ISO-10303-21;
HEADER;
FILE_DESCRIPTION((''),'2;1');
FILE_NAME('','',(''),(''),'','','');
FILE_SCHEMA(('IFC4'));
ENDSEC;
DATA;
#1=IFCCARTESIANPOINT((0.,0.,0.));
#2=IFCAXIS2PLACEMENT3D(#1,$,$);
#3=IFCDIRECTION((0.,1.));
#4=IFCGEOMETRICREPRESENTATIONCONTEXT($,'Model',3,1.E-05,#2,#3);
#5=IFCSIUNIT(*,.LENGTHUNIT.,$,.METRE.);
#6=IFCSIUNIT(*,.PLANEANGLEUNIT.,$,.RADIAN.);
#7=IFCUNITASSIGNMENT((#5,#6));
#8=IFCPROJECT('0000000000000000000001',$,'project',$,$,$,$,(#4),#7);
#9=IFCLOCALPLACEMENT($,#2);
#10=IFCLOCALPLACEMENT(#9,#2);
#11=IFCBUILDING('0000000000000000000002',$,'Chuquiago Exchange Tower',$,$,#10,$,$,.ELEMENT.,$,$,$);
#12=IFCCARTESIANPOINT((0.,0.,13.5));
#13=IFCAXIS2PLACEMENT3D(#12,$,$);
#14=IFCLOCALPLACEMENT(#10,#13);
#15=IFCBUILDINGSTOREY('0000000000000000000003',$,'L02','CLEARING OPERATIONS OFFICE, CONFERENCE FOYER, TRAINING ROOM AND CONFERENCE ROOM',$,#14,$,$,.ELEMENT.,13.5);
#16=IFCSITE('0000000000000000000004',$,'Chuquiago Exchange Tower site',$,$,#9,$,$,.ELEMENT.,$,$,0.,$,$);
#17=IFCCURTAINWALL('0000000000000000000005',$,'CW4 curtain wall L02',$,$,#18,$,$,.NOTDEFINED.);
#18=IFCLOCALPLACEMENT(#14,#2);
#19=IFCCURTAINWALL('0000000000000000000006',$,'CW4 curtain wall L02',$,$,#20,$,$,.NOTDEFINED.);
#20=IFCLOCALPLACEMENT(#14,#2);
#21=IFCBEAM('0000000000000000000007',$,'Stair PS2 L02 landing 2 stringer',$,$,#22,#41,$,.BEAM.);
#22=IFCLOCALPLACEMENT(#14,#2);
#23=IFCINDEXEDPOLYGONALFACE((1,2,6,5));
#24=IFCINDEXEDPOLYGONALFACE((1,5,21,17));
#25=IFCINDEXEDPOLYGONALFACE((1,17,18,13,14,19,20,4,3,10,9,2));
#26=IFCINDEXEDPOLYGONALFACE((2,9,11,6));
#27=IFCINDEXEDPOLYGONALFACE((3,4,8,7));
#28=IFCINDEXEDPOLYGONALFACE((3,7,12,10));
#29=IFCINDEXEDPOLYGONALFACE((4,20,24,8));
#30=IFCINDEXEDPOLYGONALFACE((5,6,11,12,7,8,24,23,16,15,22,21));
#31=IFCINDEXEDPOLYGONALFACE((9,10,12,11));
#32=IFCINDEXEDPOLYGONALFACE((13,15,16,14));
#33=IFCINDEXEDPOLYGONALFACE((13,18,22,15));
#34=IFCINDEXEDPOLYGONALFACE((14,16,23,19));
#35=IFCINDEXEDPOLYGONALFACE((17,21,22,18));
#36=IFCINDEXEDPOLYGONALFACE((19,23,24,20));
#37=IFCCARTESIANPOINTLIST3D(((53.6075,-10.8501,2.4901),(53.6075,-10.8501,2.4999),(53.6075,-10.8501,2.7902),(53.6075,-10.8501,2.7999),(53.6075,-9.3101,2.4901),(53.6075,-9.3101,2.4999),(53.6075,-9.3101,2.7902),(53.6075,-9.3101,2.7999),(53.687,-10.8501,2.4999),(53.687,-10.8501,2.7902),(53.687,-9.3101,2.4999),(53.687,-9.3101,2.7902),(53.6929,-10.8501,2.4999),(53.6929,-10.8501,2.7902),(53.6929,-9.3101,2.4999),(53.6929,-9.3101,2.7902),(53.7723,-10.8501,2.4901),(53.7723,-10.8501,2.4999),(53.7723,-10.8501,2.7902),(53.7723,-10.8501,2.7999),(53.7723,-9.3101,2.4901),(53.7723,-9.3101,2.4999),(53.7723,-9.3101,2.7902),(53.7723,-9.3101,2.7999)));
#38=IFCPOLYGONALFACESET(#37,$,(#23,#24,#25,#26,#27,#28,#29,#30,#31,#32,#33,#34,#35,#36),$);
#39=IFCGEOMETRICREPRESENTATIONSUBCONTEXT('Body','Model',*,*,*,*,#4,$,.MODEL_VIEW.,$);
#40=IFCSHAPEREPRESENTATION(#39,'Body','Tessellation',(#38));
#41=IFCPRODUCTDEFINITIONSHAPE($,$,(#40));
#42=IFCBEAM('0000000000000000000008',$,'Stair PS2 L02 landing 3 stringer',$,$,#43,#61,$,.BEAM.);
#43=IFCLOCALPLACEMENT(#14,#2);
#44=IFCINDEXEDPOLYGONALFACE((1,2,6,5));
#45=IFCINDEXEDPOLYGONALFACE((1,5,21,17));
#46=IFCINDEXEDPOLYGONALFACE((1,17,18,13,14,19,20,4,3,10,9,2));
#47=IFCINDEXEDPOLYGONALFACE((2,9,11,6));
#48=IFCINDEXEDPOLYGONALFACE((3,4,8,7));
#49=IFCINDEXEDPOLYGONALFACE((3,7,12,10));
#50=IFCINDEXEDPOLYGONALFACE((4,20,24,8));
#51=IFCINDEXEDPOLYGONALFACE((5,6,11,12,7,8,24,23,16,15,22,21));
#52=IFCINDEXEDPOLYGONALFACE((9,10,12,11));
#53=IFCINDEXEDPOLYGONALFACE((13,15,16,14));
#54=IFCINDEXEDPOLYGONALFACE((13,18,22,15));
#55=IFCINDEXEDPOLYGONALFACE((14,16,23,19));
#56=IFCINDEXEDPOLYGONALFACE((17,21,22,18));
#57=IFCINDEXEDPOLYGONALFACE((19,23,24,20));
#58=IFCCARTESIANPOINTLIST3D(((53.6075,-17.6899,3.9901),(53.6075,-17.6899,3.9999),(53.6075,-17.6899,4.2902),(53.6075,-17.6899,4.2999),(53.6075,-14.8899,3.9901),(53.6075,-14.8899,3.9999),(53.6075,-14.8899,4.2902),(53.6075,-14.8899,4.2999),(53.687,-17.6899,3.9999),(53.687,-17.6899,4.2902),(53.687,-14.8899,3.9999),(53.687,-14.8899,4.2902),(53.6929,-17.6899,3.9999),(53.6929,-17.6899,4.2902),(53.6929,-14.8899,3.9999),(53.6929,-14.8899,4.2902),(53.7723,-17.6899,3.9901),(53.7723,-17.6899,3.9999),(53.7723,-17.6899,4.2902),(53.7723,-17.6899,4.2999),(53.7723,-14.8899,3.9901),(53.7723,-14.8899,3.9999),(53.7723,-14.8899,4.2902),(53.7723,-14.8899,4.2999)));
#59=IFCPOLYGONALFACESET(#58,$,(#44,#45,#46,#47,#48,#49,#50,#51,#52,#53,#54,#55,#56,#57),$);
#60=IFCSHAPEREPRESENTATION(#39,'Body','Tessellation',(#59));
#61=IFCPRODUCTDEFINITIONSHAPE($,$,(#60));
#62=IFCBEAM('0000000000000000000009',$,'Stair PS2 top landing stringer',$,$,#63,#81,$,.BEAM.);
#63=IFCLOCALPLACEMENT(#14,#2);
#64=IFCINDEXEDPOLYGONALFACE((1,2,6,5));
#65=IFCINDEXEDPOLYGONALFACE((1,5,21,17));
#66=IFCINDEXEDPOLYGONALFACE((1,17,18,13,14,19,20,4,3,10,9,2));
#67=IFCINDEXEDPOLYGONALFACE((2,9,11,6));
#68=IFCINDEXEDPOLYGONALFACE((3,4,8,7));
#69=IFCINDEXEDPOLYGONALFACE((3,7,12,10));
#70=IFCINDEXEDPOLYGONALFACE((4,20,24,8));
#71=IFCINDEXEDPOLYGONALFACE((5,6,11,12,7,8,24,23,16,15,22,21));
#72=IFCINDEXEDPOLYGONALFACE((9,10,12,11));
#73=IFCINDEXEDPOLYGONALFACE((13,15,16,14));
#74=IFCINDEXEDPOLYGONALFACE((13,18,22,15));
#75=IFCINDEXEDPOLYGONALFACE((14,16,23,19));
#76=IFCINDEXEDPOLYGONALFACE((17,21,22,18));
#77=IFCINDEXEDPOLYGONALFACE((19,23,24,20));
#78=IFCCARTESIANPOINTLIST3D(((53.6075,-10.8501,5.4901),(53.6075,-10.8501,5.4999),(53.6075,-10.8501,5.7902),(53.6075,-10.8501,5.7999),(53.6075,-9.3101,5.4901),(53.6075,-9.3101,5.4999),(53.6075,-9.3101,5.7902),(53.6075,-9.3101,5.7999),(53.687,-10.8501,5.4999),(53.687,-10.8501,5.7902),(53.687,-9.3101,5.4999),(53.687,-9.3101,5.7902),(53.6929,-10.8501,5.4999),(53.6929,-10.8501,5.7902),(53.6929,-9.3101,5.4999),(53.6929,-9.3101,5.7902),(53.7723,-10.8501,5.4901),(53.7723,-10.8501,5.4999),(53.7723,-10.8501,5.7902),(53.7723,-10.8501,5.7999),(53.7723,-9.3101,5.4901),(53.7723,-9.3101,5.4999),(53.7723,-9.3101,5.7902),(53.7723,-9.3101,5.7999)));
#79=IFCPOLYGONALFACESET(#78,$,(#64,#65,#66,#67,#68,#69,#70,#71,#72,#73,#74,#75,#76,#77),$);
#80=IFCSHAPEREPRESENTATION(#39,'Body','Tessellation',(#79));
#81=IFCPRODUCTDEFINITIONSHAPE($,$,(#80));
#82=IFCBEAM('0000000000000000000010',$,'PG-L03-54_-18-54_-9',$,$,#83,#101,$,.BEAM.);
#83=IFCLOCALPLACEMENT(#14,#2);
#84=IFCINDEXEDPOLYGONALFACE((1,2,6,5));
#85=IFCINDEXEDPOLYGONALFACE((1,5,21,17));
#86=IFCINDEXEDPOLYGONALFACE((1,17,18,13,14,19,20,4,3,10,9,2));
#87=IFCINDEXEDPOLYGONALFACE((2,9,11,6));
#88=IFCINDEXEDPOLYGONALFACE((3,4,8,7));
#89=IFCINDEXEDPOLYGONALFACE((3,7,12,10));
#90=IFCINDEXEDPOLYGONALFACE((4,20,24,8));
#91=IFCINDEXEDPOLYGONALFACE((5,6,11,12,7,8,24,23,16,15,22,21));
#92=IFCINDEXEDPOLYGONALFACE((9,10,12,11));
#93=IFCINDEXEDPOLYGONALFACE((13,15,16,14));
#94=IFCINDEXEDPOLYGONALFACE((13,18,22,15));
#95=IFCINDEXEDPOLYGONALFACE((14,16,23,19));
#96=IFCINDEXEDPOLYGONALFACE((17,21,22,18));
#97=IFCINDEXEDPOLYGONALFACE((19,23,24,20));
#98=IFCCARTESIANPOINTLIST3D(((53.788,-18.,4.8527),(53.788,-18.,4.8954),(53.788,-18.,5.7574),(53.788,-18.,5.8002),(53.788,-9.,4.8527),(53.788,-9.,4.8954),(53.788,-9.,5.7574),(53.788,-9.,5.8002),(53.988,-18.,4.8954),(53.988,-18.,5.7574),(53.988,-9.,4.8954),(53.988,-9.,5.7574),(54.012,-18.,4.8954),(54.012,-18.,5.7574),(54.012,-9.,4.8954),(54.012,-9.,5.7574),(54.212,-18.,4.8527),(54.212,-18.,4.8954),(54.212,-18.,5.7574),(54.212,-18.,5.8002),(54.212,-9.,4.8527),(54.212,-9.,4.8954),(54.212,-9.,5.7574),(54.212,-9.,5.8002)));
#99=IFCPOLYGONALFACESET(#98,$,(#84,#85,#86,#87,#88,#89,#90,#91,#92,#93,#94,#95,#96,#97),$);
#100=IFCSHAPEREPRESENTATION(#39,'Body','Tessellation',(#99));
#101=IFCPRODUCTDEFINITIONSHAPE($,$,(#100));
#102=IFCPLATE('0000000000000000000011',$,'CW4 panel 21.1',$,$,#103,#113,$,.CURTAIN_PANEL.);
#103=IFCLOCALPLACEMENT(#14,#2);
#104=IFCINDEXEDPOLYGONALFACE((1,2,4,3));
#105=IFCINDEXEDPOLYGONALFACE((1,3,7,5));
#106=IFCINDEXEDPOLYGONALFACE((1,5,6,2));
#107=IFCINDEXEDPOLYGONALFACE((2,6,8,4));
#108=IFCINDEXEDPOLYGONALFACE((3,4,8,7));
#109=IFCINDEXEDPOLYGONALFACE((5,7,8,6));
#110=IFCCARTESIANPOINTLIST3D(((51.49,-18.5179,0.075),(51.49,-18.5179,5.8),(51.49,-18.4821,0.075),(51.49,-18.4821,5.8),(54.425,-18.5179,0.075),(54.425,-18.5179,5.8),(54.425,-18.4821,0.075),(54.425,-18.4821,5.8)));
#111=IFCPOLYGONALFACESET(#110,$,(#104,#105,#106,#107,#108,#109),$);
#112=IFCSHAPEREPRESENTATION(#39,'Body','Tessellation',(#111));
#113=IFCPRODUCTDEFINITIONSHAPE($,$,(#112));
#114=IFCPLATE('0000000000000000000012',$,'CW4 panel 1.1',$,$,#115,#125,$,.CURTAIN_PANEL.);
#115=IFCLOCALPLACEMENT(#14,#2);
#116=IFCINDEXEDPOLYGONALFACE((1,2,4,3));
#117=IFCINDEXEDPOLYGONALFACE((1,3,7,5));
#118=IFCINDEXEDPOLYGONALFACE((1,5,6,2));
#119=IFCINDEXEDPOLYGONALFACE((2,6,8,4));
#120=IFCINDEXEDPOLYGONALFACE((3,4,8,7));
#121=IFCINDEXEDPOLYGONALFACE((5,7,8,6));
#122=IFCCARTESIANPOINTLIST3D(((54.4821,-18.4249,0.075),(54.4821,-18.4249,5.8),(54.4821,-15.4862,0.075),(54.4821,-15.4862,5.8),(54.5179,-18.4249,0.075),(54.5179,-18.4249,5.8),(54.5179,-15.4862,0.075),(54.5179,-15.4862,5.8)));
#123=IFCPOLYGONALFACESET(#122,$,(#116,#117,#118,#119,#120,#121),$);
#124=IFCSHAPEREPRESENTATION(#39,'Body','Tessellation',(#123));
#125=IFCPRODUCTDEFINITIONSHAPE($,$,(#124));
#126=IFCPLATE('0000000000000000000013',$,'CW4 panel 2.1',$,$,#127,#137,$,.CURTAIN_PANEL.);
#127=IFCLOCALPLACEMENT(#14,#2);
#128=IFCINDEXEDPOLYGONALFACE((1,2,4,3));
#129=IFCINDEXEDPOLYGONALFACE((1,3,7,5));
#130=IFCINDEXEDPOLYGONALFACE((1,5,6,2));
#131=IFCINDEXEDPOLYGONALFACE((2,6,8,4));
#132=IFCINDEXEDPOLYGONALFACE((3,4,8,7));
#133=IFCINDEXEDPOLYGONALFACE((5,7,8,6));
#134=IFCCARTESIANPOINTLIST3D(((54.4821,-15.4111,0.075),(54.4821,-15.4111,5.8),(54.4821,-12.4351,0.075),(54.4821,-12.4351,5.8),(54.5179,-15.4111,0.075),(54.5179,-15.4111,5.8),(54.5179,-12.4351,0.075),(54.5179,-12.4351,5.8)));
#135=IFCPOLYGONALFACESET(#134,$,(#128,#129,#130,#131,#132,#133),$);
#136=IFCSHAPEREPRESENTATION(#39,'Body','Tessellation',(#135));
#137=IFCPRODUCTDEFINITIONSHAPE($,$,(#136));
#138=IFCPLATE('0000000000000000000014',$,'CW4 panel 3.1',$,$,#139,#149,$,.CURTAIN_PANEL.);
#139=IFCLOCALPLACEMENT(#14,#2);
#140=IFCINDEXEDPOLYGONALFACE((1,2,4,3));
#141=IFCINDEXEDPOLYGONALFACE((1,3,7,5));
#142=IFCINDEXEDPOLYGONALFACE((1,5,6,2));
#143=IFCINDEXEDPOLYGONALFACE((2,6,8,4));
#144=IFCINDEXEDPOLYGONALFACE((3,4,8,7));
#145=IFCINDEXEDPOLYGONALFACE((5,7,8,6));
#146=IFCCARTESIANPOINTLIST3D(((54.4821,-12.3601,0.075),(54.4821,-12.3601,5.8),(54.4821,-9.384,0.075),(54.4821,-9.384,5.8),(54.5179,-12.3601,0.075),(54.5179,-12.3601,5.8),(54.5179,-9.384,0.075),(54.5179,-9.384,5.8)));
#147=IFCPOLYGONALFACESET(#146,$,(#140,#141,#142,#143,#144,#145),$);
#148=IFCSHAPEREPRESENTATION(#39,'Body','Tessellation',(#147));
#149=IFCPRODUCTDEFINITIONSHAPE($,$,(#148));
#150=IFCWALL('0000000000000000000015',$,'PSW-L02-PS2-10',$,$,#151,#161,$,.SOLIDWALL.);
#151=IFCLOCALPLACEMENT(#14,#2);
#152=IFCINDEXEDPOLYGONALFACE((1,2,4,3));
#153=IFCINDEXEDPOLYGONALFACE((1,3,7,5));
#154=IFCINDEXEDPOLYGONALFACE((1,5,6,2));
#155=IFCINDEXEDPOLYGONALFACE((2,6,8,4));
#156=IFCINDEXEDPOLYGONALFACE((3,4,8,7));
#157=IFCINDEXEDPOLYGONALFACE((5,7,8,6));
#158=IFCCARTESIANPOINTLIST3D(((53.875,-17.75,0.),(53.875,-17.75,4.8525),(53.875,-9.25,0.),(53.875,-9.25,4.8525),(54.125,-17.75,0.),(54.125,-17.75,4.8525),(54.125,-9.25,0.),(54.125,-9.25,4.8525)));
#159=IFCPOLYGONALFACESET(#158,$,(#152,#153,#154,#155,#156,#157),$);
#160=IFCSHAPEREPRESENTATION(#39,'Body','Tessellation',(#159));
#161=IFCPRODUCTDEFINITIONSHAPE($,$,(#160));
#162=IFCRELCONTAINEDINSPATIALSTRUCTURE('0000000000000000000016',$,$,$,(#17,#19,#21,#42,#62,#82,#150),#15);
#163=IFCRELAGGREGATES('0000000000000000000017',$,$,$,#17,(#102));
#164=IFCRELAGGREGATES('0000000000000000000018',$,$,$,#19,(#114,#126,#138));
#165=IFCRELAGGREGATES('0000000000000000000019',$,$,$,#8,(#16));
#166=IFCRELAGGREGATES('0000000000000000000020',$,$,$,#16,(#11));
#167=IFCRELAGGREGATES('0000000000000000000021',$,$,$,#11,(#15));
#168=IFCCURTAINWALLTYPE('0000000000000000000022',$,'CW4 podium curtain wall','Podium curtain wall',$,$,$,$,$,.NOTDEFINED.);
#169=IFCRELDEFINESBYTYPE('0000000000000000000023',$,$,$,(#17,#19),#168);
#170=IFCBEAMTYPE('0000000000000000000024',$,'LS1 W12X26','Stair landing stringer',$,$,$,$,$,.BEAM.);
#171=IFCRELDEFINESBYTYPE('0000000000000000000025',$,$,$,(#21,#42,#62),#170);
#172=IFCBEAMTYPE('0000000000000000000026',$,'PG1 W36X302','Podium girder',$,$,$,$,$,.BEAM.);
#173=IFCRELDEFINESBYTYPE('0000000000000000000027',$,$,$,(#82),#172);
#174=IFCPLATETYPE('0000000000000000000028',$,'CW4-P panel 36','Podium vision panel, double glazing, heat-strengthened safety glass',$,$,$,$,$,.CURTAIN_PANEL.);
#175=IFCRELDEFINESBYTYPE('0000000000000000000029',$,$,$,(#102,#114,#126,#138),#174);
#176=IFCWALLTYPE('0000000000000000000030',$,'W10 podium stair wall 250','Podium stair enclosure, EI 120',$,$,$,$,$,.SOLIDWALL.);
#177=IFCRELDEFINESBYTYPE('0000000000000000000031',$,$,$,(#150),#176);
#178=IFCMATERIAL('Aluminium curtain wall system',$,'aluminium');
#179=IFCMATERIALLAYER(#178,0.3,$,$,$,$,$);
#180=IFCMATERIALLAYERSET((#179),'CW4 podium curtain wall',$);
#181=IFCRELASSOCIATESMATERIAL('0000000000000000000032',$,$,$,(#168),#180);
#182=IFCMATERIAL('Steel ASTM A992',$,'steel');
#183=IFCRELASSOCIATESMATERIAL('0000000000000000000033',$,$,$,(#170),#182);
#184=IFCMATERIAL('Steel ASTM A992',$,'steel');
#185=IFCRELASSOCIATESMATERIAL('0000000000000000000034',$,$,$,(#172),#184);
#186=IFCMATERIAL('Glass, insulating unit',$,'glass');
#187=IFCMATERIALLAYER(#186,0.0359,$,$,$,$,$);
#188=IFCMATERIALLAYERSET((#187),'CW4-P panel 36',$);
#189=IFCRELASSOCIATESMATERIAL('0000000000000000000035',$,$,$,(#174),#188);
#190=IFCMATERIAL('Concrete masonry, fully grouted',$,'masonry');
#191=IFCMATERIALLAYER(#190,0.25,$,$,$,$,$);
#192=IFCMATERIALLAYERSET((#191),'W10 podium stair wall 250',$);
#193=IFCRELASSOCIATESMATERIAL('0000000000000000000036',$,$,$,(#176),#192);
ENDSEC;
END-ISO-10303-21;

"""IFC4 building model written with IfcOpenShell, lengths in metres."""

from ifc_helpers import new_model, si_unit, direction, frame, frame_2d, origin, origin_2d, place, context, subcontext, project, spatial, rectangle, i_section, extrude, material, layer, layer_set, material_profile, profile_set, type_object, element, aggregate, save


model = new_model("IFC4")

# Units and contexts
model_context = context("Model", 3, precision=1e-05, world=origin(), true_north=direction((0.0, 1.0)))
body_context = subcontext(model_context, "Body", "Model", "MODEL_VIEW")
ifc_project = project(units=[si_unit("LENGTHUNIT", "METRE"), si_unit("PLANEANGLEUNIT", "RADIAN")], contexts=[model_context])

# Site, building, storey
site_placement = place(None, origin())
site = spatial("IfcSite", under=ifc_project, at=site_placement, Name="Chuquiago Exchange Tower site", CompositionType="ELEMENT", RefElevation=0.0)
building_placement = place(site_placement, origin())
building = spatial("IfcBuilding", under=site, at=building_placement, Name="Chuquiago Exchange Tower", CompositionType="ELEMENT")
storey_placement = place(building_placement, frame((0.0, 0.0, 13.5)))
storey = spatial("IfcBuildingStorey", under=building, at=storey_placement, Name="L02", Description="CLEARING OPERATIONS OFFICE, CONFERENCE FOYER, TRAINING ROOM AND CONFERENCE ROOM", CompositionType="ELEMENT", Elevation=13.5)

# Curtain wall
ifc_material_1 = material(Name="Aluminium curtain wall system", Category="aluminium")
ifc_layer_1 = layer(ifc_material_1, 0.3)
ifc_layer_set_1 = layer_set([ifc_layer_1], Name="CW4 podium curtain wall")
curtain_wall_type = type_object("IfcCurtainWallType", Name="CW4 podium curtain wall", Description="Podium curtain wall", PredefinedType="NOTDEFINED", material=ifc_layer_set_1)
curtain_wall_1_placement = place(storey_placement, origin())
curtain_wall_1 = element("IfcCurtainWall", 1, at=curtain_wall_1_placement, inside=storey, type_object=curtain_wall_type, Name="CW4 curtain wall L02", PredefinedType="NOTDEFINED")

# Curtain wall
curtain_wall_2_placement = place(storey_placement, origin())
curtain_wall_2 = element("IfcCurtainWall", 2, at=curtain_wall_2_placement, inside=storey, type_object=curtain_wall_type, Name="CW4 curtain wall L02", PredefinedType="NOTDEFINED")

# Beams
ifc_material_2 = material(Name="Steel ASTM A992", Category="steel")
ifc_material_profile_1 = material_profile(ifc_material_2, i_section(OverallWidth=0.1648, OverallDepth=0.3098, WebThickness=0.0059, FlangeThickness=0.0098, at=origin_2d()), Name="W12X26")
ifc_profile_set_1 = profile_set([ifc_material_profile_1], Name="Steel ASTM A992")
beam_type_1 = type_object("IfcBeamType", Name="LS1 W12X26", Description="Stair landing stringer", PredefinedType="BEAM", material=ifc_profile_set_1)
beam_1_placement = place(storey_placement, frame((53.6899, -10.8501, 2.645), z_axis=(0.0, 1.0, 0.0), x_axis=(-1.0, 0.0, 0.0)))
element("IfcBeam", 3, at=beam_1_placement, inside=storey, type_object=beam_type_1, Name="Stair PS2 L02 landing 2 stringer", PredefinedType="BEAM", context=body_context, shape_type="SweptSolid", body=[
    extrude(i_section(OverallWidth=0.1648, OverallDepth=0.3098, WebThickness=0.0059, FlangeThickness=0.0098, at=origin_2d()), origin(), (0.0, 0.0, 1.0), 1.54),
])
beam_2_placement = place(storey_placement, frame((53.6899, -17.6899, 4.145), z_axis=(0.0, 1.0, 0.0), x_axis=(-1.0, 0.0, 0.0)))
element("IfcBeam", 4, at=beam_2_placement, inside=storey, type_object=beam_type_1, Name="Stair PS2 L02 landing 3 stringer", PredefinedType="BEAM", context=body_context, shape_type="SweptSolid", body=[
    extrude(i_section(OverallWidth=0.1648, OverallDepth=0.3098, WebThickness=0.0059, FlangeThickness=0.0098, at=origin_2d()), origin(), (0.0, 0.0, 1.0), 2.8),
])
beam_3_placement = place(storey_placement, frame((53.6899, -10.8501, 5.645), z_axis=(0.0, 1.0, 0.0), x_axis=(-1.0, 0.0, 0.0)))
element("IfcBeam", 5, at=beam_3_placement, inside=storey, type_object=beam_type_1, Name="Stair PS2 top landing stringer", PredefinedType="BEAM", context=body_context, shape_type="SweptSolid", body=[
    extrude(i_section(OverallWidth=0.1648, OverallDepth=0.3098, WebThickness=0.0059, FlangeThickness=0.0098, at=origin_2d()), origin(), (0.0, 0.0, 1.0), 1.54),
])
ifc_material_3 = material(Name="Steel ASTM A992", Category="steel")
ifc_material_profile_2 = material_profile(ifc_material_3, i_section(OverallWidth=0.4241, OverallDepth=0.9475, WebThickness=0.0239, FlangeThickness=0.0427, at=origin_2d()), Name="W36X302")
ifc_profile_set_2 = profile_set([ifc_material_profile_2], Name="Steel ASTM A992")
beam_type_2 = type_object("IfcBeamType", Name="PG1 W36X302", Description="Podium girder", PredefinedType="BEAM", material=ifc_profile_set_2)
beam_4_placement = place(storey_placement, frame((54.0, -18.0, 5.3264), z_axis=(0.0, 1.0, 0.0), x_axis=(-1.0, 0.0, 0.0)))
element("IfcBeam", 6, at=beam_4_placement, inside=storey, type_object=beam_type_2, Name="PG-L03-54_-18-54_-9", PredefinedType="BEAM", context=body_context, shape_type="SweptSolid", body=[
    extrude(i_section(OverallWidth=0.4241, OverallDepth=0.9475, WebThickness=0.0239, FlangeThickness=0.0427, at=origin_2d()), origin(), (0.0, 0.0, 1.0), 9.0),
])

# Plates
ifc_material_4 = material(Name="Glass, insulating unit", Category="glass")
ifc_layer_2 = layer(ifc_material_4, 0.0359)
ifc_layer_set_2 = layer_set([ifc_layer_2], Name="CW4-P panel 36")
plate_type = type_object("IfcPlateType", Name="CW4-P panel 36", Description="Podium vision panel, double glazing, heat-strengthened safety glass", PredefinedType="CURTAIN_PANEL", material=ifc_layer_set_2)
plate_1_placement = place(storey_placement, frame((52.9575, -18.5, 0.075), z_axis=(0.0, 0.0, 1.0), x_axis=(1.0, 0.0, 0.0)))
plate_1 = element("IfcPlate", 7, at=plate_1_placement, type_object=plate_type, Name="CW4 panel 21.1", PredefinedType="CURTAIN_PANEL", context=body_context, shape_type="SweptSolid", body=[
    extrude(rectangle(XDim=2.9351, YDim=0.0359, at=origin_2d()), origin(), (0.0, 0.0, 1.0), 5.7251),
])
aggregate(curtain_wall_1, [plate_1])
plate_2_placement = place(storey_placement, frame((54.5, -16.9556, 0.075), z_axis=(0.0, 0.0, 1.0), x_axis=(0.0, 1.0, 0.0)))
plate_2 = element("IfcPlate", 8, at=plate_2_placement, type_object=plate_type, Name="CW4 panel 1.1", PredefinedType="CURTAIN_PANEL", context=body_context, shape_type="SweptSolid", body=[
    extrude(rectangle(XDim=2.9387, YDim=0.0359, at=origin_2d()), origin(), (0.0, 0.0, 1.0), 5.7251),
])
plate_3_placement = place(storey_placement, frame((54.5, -13.9231, 0.075), z_axis=(0.0, 0.0, 1.0), x_axis=(0.0, 1.0, 0.0)))
plate_3 = element("IfcPlate", 9, at=plate_3_placement, type_object=plate_type, Name="CW4 panel 2.1", PredefinedType="CURTAIN_PANEL", context=body_context, shape_type="SweptSolid", body=[
    extrude(rectangle(XDim=2.9761, YDim=0.0359, at=origin_2d()), origin(), (0.0, 0.0, 1.0), 5.7251),
])
plate_4_placement = place(storey_placement, frame((54.5, -10.8721, 0.075), z_axis=(0.0, 0.0, 1.0), x_axis=(0.0, 1.0, 0.0)))
plate_4 = element("IfcPlate", 10, at=plate_4_placement, type_object=plate_type, Name="CW4 panel 3.1", PredefinedType="CURTAIN_PANEL", context=body_context, shape_type="SweptSolid", body=[
    extrude(rectangle(XDim=2.9761, YDim=0.0359, at=origin_2d()), origin(), (0.0, 0.0, 1.0), 5.7251),
])
aggregate(curtain_wall_2, [plate_2, plate_3, plate_4])

# Wall
ifc_material_5 = material(Name="Concrete masonry, fully grouted", Category="masonry")
ifc_layer_3 = layer(ifc_material_5, 0.25)
ifc_layer_set_3 = layer_set([ifc_layer_3], Name="W10 podium stair wall 250")
wall_type = type_object("IfcWallType", Name="W10 podium stair wall 250", Description="Podium stair enclosure, EI 120", PredefinedType="SOLIDWALL", material=ifc_layer_set_3)
wall_placement = place(storey_placement, frame((54.0, -17.75, 0.0), z_axis=(0.0, 0.0, 1.0), x_axis=(0.0, 1.0, 0.0)))
element("IfcWall", 11, at=wall_placement, inside=storey, type_object=wall_type, Name="PSW-L02-PS2-10", PredefinedType="SOLIDWALL", context=body_context, shape_type="SweptSolid", body=[
    extrude(rectangle(XDim=8.5, YDim=0.25, at=frame_2d((4.25, 0.0))), origin(), (0.0, 0.0, 1.0), 4.8525),
])

save(model, "model.ifc")
